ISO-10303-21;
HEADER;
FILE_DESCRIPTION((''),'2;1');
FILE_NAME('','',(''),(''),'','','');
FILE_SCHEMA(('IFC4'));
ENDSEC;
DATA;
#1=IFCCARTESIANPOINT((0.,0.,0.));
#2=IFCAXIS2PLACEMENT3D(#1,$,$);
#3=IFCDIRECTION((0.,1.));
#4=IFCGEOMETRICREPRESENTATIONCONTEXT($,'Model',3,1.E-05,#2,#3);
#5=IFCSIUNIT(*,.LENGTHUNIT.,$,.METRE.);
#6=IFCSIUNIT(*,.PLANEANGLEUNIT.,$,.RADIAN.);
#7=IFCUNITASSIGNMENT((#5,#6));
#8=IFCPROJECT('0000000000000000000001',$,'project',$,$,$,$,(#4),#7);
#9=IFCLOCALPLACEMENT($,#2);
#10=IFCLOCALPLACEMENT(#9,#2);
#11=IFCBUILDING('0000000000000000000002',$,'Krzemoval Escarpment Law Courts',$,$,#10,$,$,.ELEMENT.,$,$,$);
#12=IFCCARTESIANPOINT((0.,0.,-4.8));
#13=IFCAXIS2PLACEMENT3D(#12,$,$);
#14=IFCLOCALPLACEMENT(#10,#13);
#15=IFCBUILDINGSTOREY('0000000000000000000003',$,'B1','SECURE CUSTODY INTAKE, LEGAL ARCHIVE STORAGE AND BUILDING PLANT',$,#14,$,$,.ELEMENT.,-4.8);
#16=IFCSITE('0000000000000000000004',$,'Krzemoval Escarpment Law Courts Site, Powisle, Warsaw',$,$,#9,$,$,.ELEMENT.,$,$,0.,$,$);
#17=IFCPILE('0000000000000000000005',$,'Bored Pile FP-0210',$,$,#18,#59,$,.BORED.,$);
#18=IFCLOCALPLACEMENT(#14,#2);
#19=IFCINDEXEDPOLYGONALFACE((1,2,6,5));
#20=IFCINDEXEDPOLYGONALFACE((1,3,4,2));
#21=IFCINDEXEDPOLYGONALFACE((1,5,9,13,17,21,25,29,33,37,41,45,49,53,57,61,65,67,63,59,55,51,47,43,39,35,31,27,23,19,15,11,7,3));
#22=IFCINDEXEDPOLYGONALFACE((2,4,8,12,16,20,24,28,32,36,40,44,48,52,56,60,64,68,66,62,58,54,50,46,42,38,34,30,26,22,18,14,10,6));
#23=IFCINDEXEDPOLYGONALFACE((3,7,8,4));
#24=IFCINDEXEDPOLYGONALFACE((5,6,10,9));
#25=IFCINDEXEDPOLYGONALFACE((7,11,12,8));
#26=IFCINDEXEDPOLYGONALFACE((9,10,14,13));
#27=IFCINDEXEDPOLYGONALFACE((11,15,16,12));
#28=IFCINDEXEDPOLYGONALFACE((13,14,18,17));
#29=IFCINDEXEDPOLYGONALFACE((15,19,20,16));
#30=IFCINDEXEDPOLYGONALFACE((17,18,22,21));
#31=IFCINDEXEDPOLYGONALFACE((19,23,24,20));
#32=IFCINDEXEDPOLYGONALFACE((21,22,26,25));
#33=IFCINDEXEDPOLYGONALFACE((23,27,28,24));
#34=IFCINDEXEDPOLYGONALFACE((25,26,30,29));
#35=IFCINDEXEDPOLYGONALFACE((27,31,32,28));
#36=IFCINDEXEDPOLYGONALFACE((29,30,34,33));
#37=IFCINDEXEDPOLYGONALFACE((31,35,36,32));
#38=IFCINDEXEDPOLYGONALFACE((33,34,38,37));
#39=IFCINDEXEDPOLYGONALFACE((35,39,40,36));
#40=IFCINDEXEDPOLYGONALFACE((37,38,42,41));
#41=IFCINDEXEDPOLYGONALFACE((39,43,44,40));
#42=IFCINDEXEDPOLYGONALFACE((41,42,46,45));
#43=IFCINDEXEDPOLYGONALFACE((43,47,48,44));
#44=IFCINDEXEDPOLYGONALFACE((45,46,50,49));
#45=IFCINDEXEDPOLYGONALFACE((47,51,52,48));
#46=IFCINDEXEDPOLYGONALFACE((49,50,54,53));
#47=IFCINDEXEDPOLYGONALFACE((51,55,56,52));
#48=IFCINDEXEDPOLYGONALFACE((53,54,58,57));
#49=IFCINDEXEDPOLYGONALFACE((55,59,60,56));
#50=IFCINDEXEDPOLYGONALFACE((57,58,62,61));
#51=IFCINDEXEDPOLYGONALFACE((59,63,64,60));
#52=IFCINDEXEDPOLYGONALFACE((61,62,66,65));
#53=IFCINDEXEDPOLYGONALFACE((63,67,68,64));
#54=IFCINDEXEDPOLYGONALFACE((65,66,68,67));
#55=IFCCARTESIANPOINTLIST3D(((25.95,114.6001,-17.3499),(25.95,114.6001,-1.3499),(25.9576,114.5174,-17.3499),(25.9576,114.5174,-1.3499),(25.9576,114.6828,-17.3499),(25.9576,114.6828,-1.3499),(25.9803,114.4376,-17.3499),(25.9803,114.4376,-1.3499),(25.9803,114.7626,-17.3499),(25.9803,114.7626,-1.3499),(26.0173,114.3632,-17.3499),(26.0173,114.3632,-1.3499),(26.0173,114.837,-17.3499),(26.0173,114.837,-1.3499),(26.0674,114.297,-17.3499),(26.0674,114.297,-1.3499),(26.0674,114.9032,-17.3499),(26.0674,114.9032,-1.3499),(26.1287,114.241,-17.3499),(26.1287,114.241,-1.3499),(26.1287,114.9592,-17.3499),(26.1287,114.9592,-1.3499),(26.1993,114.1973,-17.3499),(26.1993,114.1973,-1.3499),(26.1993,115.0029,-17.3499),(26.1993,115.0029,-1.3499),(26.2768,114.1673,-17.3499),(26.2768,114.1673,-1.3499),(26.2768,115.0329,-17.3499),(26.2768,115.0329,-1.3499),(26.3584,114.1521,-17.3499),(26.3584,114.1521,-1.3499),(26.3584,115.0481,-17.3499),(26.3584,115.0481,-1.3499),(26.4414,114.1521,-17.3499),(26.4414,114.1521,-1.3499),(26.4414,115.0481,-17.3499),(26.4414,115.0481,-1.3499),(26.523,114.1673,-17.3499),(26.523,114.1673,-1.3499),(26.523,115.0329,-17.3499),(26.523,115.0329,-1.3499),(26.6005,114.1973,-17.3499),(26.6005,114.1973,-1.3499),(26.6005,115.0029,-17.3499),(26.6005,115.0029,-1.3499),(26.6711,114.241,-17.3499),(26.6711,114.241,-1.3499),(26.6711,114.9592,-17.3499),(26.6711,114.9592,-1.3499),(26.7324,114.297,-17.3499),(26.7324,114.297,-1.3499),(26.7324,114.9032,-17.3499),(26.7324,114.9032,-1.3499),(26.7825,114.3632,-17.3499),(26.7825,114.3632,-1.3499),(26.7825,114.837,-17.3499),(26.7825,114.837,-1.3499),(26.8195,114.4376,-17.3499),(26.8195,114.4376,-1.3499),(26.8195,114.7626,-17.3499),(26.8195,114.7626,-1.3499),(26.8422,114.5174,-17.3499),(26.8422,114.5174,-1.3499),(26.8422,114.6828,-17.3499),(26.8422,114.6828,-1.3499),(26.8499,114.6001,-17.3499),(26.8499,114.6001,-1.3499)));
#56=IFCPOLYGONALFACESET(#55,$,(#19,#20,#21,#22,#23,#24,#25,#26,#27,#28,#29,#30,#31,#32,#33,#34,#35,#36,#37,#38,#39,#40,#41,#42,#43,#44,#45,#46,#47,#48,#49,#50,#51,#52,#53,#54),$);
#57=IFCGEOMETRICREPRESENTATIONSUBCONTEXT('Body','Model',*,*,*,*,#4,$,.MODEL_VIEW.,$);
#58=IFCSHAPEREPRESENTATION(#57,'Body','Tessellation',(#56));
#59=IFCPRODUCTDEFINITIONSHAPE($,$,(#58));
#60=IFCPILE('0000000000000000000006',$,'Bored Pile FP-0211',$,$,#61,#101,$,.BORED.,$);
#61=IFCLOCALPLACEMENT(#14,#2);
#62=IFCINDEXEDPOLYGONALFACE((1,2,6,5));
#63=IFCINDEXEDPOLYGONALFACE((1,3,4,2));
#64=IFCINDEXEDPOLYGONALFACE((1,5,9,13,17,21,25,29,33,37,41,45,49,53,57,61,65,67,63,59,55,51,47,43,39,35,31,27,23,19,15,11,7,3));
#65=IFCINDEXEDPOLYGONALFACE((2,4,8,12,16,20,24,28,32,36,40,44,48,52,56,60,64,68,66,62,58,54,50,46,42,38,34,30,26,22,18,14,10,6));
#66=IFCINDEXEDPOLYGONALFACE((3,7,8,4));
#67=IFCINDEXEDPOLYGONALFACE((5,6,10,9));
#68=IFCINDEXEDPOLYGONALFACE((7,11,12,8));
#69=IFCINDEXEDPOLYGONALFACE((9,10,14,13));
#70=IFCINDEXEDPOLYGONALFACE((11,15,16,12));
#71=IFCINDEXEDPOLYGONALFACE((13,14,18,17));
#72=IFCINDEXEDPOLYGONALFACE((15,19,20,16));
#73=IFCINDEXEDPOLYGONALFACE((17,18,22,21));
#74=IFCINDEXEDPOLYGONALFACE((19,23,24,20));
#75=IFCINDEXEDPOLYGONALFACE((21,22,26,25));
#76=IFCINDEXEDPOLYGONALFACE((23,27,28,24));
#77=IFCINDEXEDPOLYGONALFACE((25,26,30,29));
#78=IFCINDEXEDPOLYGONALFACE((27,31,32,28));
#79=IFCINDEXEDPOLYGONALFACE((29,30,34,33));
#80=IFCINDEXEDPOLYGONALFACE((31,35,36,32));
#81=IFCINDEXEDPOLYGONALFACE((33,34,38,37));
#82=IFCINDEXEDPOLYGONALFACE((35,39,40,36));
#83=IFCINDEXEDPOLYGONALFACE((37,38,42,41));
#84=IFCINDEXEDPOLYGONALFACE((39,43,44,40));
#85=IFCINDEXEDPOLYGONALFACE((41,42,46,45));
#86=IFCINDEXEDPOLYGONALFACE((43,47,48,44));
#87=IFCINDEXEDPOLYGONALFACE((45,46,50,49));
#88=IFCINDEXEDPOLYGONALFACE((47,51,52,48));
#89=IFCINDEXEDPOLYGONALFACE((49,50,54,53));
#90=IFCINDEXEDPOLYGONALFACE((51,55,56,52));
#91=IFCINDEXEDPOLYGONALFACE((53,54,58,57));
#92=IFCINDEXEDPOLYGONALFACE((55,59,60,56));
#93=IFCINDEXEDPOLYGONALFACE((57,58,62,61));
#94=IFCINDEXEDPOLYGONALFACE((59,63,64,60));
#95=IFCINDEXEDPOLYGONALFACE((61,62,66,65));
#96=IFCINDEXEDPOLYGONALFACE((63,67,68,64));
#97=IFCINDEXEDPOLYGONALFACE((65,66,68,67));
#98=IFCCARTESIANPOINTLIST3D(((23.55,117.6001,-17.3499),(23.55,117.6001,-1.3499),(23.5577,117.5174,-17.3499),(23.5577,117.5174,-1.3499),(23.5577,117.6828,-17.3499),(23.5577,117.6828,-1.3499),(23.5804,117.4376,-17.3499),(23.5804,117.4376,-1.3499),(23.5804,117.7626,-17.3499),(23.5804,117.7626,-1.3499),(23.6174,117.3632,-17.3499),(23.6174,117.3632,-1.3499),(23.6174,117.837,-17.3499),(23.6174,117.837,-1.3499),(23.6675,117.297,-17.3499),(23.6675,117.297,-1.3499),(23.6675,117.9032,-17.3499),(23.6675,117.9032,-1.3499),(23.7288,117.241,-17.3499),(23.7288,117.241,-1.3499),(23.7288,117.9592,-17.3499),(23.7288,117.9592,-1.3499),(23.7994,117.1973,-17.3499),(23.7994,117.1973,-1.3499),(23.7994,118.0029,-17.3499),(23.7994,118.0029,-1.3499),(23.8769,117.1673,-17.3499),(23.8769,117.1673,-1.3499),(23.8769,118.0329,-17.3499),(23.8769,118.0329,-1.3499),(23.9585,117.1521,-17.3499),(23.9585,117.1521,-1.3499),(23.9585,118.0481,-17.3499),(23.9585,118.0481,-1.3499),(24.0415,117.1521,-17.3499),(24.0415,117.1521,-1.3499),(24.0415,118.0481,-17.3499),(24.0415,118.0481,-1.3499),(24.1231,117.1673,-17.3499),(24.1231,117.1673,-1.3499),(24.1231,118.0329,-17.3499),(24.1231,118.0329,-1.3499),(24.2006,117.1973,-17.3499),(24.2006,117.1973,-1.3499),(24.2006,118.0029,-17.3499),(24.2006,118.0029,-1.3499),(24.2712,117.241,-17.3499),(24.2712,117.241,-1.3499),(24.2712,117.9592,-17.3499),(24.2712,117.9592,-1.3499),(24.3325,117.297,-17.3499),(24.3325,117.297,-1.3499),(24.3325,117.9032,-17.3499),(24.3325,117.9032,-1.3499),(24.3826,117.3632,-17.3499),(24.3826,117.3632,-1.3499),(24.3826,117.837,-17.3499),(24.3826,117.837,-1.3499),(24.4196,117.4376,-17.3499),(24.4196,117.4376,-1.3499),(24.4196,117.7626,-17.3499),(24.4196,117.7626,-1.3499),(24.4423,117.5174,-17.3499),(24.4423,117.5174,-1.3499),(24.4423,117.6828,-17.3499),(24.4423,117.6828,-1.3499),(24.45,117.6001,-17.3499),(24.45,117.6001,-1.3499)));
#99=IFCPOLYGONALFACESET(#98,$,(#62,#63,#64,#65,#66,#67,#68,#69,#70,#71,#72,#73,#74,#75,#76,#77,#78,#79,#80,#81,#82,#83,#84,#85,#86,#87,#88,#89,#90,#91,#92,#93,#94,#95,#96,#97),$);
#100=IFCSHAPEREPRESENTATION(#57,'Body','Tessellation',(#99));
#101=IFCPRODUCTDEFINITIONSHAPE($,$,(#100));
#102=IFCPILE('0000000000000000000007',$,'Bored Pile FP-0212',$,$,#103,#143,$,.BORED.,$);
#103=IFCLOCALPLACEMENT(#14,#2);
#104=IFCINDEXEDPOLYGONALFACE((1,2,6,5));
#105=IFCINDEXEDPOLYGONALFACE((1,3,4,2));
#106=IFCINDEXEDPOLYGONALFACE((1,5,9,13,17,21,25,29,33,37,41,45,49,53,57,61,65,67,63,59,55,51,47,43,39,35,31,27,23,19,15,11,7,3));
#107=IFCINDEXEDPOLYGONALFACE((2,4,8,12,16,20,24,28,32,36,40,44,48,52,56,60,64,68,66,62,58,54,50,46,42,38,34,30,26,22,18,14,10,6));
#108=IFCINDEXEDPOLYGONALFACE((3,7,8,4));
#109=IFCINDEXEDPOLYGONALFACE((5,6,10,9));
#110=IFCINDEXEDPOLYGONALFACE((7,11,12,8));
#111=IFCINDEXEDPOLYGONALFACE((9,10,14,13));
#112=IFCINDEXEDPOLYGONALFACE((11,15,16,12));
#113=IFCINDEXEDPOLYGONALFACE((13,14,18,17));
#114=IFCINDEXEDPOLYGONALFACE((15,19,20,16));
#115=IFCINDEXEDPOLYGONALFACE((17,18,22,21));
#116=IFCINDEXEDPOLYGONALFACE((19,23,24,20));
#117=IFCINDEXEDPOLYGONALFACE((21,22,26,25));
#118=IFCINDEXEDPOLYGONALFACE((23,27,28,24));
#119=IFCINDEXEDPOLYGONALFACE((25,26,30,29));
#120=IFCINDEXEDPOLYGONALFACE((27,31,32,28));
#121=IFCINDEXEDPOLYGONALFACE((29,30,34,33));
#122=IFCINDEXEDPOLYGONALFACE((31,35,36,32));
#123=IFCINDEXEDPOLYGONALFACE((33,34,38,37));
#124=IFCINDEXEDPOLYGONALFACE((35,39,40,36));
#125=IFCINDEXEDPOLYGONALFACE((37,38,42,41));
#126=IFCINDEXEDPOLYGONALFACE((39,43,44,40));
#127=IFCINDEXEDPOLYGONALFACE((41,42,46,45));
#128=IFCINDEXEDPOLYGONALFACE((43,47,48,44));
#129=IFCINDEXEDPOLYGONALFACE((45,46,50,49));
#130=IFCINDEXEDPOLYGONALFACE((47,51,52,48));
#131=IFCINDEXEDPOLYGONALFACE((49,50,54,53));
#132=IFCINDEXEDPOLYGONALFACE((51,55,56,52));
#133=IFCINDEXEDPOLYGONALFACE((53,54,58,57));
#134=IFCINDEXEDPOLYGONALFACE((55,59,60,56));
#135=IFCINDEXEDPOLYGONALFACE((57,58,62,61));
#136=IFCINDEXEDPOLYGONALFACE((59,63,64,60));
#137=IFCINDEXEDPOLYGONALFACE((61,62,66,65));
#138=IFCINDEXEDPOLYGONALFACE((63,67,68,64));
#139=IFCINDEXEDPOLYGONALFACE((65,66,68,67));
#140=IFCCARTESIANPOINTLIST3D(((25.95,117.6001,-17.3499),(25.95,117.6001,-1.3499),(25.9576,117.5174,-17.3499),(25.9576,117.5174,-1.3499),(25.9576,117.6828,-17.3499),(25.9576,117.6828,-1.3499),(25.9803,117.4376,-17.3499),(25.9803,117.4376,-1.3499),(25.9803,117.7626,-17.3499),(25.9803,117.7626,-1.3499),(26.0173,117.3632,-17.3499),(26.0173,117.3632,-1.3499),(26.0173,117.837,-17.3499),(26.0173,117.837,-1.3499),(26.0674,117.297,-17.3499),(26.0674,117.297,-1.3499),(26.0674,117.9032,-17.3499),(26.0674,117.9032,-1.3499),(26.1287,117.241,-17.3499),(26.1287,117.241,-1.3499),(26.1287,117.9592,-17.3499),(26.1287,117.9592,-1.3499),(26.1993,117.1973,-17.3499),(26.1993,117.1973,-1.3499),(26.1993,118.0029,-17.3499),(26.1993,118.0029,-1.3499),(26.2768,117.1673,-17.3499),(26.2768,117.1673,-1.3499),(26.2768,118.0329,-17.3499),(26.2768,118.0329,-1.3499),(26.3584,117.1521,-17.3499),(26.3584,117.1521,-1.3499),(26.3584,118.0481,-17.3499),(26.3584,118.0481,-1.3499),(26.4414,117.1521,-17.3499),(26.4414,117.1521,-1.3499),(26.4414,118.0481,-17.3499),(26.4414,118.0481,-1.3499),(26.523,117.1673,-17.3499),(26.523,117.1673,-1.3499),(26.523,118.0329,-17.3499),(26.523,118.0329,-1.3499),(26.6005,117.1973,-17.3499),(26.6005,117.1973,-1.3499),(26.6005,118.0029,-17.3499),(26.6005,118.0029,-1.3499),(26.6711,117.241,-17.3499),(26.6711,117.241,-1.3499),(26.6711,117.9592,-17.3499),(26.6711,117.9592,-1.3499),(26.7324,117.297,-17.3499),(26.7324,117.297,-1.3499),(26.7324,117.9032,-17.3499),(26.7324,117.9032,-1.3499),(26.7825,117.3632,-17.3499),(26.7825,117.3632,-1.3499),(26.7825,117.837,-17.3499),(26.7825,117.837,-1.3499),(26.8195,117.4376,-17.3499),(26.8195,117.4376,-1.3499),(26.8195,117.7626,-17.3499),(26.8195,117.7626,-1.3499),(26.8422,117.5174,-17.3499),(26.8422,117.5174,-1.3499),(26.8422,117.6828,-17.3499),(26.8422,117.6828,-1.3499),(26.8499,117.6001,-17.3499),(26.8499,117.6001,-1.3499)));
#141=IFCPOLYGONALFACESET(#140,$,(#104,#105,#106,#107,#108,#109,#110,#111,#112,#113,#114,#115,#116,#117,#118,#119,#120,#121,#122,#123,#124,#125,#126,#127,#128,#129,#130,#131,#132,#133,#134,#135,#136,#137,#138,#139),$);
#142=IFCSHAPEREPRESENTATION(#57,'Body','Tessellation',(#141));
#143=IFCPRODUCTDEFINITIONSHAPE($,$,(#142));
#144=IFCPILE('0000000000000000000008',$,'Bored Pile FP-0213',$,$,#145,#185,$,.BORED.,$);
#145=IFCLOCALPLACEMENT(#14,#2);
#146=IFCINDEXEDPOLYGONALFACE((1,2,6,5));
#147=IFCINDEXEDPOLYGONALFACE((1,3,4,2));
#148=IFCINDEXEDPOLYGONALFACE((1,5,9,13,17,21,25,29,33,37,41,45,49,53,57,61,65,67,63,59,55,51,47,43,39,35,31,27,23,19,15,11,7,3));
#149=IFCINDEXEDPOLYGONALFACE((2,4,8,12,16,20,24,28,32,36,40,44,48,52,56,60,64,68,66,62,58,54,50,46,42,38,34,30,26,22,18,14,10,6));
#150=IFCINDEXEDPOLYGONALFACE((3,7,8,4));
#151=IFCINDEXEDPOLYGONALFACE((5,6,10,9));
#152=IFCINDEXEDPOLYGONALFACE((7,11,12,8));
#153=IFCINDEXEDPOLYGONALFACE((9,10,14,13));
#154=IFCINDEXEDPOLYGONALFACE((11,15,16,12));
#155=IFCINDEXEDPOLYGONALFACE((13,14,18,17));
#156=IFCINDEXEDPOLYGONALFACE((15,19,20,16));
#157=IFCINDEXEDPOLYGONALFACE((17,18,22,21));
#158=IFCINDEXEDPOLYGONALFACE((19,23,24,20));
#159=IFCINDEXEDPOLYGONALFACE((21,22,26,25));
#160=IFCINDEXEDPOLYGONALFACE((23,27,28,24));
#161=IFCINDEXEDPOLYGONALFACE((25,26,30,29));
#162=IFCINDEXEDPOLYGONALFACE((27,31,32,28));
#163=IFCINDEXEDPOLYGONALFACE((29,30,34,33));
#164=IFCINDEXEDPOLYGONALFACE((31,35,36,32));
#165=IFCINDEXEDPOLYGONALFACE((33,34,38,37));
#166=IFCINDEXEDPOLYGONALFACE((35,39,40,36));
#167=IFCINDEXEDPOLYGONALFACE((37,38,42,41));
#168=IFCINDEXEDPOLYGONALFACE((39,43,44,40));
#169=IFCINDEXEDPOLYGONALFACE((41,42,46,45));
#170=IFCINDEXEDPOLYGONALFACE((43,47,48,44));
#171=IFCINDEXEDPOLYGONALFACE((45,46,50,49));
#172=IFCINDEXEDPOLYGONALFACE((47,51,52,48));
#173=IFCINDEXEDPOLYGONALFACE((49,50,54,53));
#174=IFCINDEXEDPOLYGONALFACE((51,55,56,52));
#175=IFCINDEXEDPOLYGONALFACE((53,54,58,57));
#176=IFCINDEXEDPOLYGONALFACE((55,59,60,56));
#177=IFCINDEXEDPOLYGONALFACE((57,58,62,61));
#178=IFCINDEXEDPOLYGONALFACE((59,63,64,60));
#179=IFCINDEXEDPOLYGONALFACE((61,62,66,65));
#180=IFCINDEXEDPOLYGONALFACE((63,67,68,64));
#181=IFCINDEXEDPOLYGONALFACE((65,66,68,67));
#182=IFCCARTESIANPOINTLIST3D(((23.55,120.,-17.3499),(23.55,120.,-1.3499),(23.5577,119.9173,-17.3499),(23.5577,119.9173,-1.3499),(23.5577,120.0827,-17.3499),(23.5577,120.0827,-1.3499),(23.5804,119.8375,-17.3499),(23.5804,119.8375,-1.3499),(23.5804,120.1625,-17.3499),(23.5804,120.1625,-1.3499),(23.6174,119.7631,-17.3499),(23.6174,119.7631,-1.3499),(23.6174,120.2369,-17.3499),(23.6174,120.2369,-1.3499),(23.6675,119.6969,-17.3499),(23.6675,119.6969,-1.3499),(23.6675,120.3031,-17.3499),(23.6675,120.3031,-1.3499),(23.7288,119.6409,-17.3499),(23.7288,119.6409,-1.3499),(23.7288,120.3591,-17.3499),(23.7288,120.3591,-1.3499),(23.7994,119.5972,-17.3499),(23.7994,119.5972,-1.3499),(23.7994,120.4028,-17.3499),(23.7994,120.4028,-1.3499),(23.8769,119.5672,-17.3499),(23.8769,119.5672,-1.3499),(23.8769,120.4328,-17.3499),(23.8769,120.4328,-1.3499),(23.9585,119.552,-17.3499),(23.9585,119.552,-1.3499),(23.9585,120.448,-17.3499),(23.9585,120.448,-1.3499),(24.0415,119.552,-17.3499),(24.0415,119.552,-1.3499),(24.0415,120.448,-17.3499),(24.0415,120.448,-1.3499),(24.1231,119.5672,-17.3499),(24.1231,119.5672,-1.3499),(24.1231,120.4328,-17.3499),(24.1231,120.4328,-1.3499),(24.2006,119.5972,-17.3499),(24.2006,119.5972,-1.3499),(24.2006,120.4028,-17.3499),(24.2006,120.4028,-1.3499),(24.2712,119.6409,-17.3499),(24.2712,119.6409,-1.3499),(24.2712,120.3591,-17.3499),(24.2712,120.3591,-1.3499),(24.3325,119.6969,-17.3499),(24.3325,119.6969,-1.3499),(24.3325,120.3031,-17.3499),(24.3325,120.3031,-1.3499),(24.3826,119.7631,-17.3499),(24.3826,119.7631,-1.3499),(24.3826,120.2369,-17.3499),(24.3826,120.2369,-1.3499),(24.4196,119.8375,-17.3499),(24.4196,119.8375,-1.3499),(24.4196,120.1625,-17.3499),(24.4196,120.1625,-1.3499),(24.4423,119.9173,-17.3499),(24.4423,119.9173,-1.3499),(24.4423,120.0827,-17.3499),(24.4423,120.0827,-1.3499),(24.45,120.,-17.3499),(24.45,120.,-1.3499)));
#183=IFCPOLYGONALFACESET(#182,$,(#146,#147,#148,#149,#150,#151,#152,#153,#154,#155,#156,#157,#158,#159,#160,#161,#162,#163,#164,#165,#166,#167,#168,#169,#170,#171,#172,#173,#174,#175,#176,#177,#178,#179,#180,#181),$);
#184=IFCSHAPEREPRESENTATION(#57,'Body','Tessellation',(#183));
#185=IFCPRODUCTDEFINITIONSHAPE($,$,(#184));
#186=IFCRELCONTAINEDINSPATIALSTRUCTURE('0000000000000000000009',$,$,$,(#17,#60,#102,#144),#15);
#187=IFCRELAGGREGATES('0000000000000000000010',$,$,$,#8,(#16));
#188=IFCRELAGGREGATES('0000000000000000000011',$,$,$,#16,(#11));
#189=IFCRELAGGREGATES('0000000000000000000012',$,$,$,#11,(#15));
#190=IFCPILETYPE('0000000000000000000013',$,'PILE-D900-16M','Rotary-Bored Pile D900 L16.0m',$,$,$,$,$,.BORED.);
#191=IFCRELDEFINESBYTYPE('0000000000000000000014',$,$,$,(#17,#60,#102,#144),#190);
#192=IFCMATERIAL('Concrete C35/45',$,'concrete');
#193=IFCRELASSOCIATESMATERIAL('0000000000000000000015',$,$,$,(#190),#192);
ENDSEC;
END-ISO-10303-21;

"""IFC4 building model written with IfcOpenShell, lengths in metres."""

from ifc_helpers import new_model, si_unit, direction, frame, origin, origin_2d, place, context, subcontext, project, spatial, circle, extrude, material, material_profile, profile_set, type_object, element, save


model = new_model("IFC4")

# Units and contexts
model_context = context("Model", 3, precision=1e-05, world=origin(), true_north=direction((0.0, 1.0)))
body_context = subcontext(model_context, "Body", "Model", "MODEL_VIEW")
ifc_project = project(units=[si_unit("LENGTHUNIT", "METRE"), si_unit("PLANEANGLEUNIT", "RADIAN")], contexts=[model_context])

# Site, building, storey
site_placement = place(None, origin())
site = spatial("IfcSite", under=ifc_project, at=site_placement, Name="Krzemoval Escarpment Law Courts Site, Powisle, Warsaw", CompositionType="ELEMENT", RefElevation=0.0)
building_placement = place(site_placement, origin())
building = spatial("IfcBuilding", under=site, at=building_placement, Name="Krzemoval Escarpment Law Courts", CompositionType="ELEMENT")
storey_placement = place(building_placement, frame((0.0, 0.0, -4.8)))
storey = spatial("IfcBuildingStorey", under=building, at=storey_placement, Name="B1", Description="SECURE CUSTODY INTAKE, LEGAL ARCHIVE STORAGE AND BUILDING PLANT", CompositionType="ELEMENT", Elevation=-4.8)

# Piles
ifc_material_1 = material(Name="Concrete C35/45", Category="concrete")
ifc_material_profile_1 = material_profile(ifc_material_1, circle(Radius=0.45, at=origin_2d()), Name="PILE D900")
ifc_profile_set_1 = profile_set([ifc_material_profile_1], Name="Concrete C35/45")
pile_type = type_object("IfcPileType", Name="PILE-D900-16M", Description="Rotary-Bored Pile D900 L16.0m", PredefinedType="BORED", material=ifc_profile_set_1)
for number, where, z_axis, x_axis, name in (
    (1, (26.3999, 114.6001, -1.3499), (0.0, 0.0, -1.0), (1.0, 0.0, 0.0), "Bored Pile FP-0210"),
    (2, (24.0, 117.6001, -1.3499), (0.0, 0.0, -1.0), (1.0, 0.0, 0.0), "Bored Pile FP-0211"),
    (3, (26.3999, 117.6001, -1.3499), (0.0, 0.0, -1.0), (1.0, 0.0, 0.0), "Bored Pile FP-0212"),
    (4, (24.0, 120.0, -1.3499), (0.0, 0.0, -1.0), (1.0, 0.0, 0.0), "Bored Pile FP-0213"),
):
    element("IfcPile", number, at=place(storey_placement, frame(where, z_axis=z_axis, x_axis=x_axis)), inside=storey, type_object=pile_type, Name=name, PredefinedType="BORED", context=body_context, shape_type="SweptSolid", body=[
        extrude(circle(Radius=0.45, at=origin_2d()), origin(), (0.0, 0.0, 1.0), 16.0),
    ])

save(model, "model.ifc")
